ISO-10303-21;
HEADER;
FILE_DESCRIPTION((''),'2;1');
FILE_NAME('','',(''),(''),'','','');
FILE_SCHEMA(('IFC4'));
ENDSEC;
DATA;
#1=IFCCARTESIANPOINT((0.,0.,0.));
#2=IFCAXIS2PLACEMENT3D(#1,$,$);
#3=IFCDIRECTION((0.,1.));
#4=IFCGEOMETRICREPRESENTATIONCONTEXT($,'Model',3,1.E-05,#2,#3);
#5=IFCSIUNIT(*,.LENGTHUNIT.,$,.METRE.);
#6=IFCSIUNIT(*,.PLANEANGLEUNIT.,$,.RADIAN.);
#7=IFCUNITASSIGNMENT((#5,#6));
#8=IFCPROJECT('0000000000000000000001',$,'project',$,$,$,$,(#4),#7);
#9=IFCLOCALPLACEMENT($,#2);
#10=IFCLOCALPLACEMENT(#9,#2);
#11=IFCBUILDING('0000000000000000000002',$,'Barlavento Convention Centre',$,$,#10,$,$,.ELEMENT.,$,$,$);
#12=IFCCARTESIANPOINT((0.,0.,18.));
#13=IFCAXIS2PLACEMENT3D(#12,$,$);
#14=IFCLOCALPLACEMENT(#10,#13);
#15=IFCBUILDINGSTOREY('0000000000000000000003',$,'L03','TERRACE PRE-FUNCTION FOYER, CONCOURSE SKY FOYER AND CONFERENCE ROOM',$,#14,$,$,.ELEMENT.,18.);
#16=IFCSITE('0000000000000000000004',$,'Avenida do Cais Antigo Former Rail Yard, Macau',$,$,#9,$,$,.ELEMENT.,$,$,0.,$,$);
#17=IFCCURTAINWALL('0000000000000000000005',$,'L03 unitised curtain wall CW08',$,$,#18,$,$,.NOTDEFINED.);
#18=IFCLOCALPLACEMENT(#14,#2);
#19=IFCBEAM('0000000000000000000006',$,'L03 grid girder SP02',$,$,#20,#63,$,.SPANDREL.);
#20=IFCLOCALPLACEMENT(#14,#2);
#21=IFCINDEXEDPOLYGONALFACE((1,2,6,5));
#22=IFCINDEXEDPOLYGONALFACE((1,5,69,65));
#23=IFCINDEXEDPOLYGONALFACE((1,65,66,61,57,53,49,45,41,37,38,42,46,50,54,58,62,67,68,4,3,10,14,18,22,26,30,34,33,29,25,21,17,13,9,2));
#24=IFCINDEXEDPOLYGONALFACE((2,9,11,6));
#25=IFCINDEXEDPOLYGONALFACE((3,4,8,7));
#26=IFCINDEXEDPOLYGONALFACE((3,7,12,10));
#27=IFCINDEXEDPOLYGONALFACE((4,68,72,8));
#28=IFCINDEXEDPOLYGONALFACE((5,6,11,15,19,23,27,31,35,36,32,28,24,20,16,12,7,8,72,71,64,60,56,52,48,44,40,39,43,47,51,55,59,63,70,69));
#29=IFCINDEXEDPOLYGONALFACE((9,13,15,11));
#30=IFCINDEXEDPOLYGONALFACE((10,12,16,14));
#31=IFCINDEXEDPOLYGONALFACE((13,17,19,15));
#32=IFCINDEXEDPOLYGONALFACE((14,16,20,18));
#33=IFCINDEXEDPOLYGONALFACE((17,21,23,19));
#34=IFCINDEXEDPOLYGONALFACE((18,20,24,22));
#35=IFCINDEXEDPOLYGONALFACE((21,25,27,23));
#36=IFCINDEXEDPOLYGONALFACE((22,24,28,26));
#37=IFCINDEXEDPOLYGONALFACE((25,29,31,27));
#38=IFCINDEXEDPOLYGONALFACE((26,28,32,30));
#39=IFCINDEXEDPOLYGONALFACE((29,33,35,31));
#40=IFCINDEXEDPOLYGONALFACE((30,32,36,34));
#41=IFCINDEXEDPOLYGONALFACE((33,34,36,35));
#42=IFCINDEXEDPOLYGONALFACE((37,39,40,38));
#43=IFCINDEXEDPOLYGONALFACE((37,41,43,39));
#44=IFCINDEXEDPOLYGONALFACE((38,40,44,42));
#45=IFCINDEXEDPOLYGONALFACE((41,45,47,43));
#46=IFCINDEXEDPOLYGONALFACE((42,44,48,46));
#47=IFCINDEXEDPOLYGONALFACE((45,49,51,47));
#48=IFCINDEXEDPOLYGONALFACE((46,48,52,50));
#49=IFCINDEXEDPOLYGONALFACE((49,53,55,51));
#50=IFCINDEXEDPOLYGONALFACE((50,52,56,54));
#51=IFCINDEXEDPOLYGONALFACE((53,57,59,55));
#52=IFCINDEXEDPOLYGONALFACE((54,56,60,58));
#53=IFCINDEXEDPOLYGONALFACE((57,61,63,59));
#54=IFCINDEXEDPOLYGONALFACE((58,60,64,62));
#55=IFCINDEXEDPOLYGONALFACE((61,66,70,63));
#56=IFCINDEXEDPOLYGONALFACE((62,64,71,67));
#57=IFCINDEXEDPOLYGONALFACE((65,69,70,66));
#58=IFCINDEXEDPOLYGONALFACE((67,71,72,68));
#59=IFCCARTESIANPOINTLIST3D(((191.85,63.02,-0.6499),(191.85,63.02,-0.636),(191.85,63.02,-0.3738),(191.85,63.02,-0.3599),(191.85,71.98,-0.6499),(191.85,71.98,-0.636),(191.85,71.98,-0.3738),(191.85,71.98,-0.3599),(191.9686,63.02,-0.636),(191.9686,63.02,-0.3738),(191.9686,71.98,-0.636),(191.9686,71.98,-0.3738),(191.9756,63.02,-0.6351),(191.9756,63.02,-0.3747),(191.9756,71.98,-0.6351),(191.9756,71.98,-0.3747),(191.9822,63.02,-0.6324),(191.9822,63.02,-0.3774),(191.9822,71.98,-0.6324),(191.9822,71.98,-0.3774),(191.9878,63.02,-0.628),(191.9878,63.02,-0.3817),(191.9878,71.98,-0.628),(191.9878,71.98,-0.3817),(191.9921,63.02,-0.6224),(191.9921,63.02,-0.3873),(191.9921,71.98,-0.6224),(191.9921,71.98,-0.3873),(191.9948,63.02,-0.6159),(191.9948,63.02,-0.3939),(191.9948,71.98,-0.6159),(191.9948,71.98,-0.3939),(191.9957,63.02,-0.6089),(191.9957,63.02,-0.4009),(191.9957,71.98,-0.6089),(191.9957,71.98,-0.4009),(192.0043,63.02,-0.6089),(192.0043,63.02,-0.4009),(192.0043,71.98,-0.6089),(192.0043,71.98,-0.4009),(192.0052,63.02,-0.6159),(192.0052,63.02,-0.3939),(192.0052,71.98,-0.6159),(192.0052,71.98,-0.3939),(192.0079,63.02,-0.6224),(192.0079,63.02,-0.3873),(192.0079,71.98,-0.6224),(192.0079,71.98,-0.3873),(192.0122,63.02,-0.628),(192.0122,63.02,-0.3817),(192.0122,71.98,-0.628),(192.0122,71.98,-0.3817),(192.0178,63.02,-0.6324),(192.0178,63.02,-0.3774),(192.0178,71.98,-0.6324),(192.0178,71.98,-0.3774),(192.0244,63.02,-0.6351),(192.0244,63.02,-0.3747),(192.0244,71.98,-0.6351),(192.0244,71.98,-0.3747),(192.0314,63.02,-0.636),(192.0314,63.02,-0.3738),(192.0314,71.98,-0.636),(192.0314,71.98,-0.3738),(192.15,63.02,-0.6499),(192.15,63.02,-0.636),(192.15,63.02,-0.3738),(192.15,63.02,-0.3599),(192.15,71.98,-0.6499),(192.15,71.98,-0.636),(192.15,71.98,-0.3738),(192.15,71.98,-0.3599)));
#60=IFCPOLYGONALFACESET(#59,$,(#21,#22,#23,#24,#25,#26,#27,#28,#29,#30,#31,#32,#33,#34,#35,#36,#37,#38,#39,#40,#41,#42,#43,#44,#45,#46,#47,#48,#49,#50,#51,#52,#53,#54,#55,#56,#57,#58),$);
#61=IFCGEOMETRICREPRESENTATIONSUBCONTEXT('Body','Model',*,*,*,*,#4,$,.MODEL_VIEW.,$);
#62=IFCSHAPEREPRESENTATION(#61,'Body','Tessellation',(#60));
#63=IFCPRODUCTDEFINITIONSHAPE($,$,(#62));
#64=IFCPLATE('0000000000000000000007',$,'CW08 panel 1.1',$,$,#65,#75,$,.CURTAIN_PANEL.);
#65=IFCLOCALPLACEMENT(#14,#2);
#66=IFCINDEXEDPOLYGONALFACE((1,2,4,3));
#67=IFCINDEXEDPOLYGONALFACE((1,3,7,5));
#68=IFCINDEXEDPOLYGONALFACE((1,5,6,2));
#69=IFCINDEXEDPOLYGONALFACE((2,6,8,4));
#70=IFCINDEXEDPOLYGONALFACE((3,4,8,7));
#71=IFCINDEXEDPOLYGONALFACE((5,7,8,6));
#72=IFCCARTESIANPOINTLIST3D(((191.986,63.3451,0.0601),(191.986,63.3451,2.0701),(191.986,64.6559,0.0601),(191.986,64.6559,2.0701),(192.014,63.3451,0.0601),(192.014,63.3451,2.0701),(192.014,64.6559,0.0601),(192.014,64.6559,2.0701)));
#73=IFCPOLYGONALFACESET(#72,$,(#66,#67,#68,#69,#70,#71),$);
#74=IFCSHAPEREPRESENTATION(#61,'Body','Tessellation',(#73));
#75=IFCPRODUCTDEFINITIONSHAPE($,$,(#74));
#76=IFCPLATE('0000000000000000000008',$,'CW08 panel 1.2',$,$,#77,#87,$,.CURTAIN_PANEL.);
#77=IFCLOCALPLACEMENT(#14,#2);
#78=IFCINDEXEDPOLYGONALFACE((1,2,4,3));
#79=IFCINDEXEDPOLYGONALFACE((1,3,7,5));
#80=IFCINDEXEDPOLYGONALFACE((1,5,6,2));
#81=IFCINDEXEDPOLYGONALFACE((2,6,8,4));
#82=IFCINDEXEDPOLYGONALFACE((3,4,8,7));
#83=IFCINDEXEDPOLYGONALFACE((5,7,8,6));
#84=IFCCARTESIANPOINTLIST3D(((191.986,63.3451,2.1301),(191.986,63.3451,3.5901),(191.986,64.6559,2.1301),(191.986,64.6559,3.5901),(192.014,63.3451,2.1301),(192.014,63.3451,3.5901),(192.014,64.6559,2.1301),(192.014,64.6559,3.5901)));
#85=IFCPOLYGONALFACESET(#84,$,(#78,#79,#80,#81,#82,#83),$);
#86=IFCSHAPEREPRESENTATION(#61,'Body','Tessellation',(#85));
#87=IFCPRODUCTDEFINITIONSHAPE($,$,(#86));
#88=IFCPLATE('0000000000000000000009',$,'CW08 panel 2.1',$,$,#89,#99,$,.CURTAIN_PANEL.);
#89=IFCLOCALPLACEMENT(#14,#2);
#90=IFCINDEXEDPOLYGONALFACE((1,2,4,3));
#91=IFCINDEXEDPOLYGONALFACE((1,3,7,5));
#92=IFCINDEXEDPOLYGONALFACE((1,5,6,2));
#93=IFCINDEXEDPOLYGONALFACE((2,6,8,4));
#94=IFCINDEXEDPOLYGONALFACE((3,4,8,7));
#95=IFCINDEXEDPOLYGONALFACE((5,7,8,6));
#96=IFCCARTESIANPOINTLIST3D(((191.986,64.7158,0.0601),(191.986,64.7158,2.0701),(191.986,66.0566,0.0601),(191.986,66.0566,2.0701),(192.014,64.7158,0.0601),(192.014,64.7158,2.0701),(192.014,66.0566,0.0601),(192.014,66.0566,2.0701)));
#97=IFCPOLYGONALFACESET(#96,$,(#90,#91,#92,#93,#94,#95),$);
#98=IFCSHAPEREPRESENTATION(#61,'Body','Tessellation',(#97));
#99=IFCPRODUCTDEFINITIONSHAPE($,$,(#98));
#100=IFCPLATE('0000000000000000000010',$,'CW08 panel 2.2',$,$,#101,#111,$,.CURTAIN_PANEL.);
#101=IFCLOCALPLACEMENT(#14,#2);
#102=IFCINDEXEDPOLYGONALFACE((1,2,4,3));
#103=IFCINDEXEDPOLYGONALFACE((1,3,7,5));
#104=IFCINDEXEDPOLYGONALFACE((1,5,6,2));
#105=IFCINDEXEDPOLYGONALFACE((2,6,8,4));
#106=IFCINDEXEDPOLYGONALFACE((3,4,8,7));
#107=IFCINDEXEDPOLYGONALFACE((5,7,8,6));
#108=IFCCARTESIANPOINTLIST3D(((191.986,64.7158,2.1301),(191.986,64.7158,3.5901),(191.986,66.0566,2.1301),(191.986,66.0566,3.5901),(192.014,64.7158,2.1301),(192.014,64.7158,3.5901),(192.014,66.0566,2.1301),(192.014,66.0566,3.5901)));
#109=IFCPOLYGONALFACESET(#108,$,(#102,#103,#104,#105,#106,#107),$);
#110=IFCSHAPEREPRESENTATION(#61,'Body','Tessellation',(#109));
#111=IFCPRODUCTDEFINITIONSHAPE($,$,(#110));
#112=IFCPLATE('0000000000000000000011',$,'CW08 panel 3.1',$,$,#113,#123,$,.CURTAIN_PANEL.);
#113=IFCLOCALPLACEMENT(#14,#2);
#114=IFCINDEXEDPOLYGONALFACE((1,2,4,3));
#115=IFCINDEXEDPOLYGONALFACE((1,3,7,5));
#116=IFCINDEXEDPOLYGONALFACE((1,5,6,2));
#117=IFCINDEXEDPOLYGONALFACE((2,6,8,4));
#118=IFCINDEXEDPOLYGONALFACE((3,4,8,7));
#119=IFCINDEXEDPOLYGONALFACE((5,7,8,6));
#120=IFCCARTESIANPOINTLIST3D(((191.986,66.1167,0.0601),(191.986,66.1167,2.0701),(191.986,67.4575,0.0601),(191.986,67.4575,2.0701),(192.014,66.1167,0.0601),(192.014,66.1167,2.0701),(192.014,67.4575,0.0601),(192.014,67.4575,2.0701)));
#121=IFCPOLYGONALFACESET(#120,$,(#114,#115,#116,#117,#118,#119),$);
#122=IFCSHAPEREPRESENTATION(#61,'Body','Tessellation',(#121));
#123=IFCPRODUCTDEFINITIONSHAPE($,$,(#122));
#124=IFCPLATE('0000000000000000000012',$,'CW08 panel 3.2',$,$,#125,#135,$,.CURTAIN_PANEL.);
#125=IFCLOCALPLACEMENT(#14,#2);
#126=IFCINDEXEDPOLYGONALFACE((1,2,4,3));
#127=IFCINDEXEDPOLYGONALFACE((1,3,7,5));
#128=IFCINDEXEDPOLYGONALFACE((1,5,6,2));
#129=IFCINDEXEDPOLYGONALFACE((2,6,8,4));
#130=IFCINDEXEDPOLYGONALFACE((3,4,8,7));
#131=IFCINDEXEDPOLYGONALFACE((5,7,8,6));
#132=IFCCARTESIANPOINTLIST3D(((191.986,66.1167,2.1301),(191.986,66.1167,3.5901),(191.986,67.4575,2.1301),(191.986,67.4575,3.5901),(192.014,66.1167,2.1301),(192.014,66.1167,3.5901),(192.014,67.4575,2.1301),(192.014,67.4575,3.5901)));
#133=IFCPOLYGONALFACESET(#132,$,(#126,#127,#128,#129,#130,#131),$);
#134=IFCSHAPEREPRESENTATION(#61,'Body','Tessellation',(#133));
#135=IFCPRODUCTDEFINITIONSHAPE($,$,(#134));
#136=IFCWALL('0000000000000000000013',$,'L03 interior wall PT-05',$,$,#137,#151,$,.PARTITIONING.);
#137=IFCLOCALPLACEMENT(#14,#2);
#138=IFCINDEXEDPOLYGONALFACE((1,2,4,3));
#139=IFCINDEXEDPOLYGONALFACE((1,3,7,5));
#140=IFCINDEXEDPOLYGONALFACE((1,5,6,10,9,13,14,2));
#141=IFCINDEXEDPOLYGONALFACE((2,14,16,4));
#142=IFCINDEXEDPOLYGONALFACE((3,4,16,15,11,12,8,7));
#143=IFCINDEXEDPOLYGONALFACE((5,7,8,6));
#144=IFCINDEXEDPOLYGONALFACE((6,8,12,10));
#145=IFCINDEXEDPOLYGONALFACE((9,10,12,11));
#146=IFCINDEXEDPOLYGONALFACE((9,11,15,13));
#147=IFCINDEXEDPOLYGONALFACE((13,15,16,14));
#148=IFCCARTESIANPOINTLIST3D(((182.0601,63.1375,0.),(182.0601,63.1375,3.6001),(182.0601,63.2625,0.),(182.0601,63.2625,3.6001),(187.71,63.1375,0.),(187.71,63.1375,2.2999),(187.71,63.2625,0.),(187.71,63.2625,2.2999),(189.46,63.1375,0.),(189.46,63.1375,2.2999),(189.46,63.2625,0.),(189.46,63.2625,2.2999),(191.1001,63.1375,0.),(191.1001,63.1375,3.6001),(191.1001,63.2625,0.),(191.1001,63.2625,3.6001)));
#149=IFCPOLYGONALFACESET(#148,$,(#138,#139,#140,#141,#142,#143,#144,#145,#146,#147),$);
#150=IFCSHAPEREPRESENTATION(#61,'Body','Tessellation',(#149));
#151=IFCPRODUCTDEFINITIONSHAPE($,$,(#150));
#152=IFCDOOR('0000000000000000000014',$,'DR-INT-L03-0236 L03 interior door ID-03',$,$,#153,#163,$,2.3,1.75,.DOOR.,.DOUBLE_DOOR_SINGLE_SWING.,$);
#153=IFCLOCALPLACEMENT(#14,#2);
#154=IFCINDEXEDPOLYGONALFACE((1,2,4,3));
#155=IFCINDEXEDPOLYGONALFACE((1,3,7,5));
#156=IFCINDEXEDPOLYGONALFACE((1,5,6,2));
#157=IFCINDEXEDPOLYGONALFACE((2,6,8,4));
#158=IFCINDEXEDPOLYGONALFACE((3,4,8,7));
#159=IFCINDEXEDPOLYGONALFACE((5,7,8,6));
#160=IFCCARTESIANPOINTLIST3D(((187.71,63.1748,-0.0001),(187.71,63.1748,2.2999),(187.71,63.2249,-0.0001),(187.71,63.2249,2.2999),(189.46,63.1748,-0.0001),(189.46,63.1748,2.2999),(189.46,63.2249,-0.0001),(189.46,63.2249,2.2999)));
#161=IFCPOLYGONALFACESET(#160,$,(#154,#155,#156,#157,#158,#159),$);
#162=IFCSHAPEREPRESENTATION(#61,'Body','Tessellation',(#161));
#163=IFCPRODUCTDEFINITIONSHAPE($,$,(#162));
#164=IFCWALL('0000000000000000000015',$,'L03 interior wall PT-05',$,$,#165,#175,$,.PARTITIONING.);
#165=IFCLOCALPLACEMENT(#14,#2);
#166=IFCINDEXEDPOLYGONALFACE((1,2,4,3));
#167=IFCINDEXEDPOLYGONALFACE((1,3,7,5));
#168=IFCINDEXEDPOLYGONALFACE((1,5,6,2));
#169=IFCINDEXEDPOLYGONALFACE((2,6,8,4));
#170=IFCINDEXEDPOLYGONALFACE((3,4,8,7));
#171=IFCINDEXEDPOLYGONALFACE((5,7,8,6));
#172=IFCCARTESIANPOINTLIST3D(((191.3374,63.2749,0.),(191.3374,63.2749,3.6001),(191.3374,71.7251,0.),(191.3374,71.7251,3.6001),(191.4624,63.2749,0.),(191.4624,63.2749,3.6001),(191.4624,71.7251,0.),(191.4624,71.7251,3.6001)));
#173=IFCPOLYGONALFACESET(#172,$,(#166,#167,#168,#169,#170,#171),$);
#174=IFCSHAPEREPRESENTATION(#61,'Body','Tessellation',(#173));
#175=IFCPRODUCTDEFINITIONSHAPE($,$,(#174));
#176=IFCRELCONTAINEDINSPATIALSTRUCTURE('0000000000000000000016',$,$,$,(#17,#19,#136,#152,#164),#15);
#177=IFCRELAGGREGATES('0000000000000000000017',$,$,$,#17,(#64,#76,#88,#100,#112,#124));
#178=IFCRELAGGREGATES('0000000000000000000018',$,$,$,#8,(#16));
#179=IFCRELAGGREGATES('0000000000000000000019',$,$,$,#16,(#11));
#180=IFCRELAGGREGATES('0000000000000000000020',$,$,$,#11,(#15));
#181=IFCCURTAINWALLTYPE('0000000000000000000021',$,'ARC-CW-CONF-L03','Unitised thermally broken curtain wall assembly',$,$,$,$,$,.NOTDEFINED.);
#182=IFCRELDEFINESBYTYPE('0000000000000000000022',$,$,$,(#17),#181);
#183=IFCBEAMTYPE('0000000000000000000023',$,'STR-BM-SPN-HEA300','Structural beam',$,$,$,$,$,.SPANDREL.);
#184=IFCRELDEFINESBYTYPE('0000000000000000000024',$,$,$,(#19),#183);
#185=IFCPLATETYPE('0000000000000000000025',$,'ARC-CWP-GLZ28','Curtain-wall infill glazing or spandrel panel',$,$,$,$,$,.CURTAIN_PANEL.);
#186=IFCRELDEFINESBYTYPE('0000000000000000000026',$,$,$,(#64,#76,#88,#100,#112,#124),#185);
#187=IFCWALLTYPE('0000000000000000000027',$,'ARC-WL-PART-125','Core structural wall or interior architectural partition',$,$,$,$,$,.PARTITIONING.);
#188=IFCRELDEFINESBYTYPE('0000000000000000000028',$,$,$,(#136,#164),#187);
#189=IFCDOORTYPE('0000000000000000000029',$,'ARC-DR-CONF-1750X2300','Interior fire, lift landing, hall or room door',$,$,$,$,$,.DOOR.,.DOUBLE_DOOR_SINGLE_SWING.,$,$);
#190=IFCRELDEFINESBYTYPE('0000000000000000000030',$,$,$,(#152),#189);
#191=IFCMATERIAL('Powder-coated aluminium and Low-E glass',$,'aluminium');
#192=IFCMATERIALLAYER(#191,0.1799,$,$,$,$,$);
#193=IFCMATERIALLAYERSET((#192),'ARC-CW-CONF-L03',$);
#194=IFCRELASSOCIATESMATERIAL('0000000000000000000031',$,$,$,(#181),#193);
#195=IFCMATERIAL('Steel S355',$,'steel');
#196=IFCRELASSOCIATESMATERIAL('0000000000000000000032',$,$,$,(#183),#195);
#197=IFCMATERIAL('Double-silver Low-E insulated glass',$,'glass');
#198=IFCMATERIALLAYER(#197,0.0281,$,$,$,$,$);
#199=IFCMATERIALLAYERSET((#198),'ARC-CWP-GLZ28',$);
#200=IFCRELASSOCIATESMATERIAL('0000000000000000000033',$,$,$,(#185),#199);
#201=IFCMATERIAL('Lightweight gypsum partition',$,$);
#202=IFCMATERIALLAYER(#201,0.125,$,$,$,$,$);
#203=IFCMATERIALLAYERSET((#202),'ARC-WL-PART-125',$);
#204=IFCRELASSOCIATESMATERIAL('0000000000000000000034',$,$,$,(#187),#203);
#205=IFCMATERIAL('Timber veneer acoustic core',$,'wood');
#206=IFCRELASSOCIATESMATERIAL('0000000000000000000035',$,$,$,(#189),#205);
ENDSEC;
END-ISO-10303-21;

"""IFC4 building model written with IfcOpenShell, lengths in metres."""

from ifc_helpers import new_model, si_unit, direction, frame, frame_2d, origin, origin_2d, place, context, subcontext, project, spatial, rectangle, i_section, extrude, material, layer, layer_set, material_profile, profile_set, type_object, element, fill, aggregate, save


model = new_model("IFC4")

# Units and contexts
model_context = context("Model", 3, precision=1e-05, world=origin(), true_north=direction((0.0, 1.0)))
body_context = subcontext(model_context, "Body", "Model", "MODEL_VIEW")
ifc_project = project(units=[si_unit("LENGTHUNIT", "METRE"), si_unit("PLANEANGLEUNIT", "RADIAN")], contexts=[model_context])

# Site, building, storey
site_placement = place(None, origin())
site = spatial("IfcSite", under=ifc_project, at=site_placement, Name="Avenida do Cais Antigo Former Rail Yard, Macau", CompositionType="ELEMENT", RefElevation=0.0)
building_placement = place(site_placement, origin())
building = spatial("IfcBuilding", under=site, at=building_placement, Name="Barlavento Convention Centre", CompositionType="ELEMENT")
storey_placement = place(building_placement, frame((0.0, 0.0, 18.0)))
storey = spatial("IfcBuildingStorey", under=building, at=storey_placement, Name="L03", Description="TERRACE PRE-FUNCTION FOYER, CONCOURSE SKY FOYER AND CONFERENCE ROOM", CompositionType="ELEMENT", Elevation=18.0)

# Shared definitions
ifc_material_1 = material(Name="Steel S355", Category="steel")

# Curtain wall
ifc_material_2 = material(Name="Powder-coated aluminium and Low-E glass", Category="aluminium")
ifc_layer_1 = layer(ifc_material_2, 0.1799)
ifc_layer_set_1 = layer_set([ifc_layer_1], Name="ARC-CW-CONF-L03")
curtain_wall_type = type_object("IfcCurtainWallType", Name="ARC-CW-CONF-L03", Description="Unitised thermally broken curtain wall assembly", PredefinedType="NOTDEFINED", material=ifc_layer_set_1)
curtain_wall_placement = place(storey_placement, origin())
curtain_wall = element("IfcCurtainWall", 1, at=curtain_wall_placement, inside=storey, type_object=curtain_wall_type, Name="L03 unitised curtain wall CW08", PredefinedType="NOTDEFINED")

# Beam
ifc_material_profile_1 = material_profile(ifc_material_1, i_section(OverallWidth=0.3, OverallDepth=0.29, WebThickness=0.0085, FlangeThickness=0.0139, FilletRadius=0.0271, at=origin_2d()), Name="HEA 300")
ifc_profile_set_1 = profile_set([ifc_material_profile_1], Name="Steel S355")
beam_type_1 = type_object("IfcBeamType", Name="STR-BM-SPN-HEA300", Description="Structural beam", PredefinedType="SPANDREL", material=ifc_profile_set_1)
beam_1_placement = place(storey_placement, frame((192.0, 63.02, -0.5049), z_axis=(0.0, 1.0, 0.0), x_axis=(-1.0, 0.0, 0.0)))
element("IfcBeam", 2, at=beam_1_placement, inside=storey, type_object=beam_type_1, Name="L03 grid girder SP02", PredefinedType="SPANDREL", context=body_context, shape_type="SweptSolid", body=[
    extrude(i_section(OverallWidth=0.3, OverallDepth=0.29, WebThickness=0.0085, FlangeThickness=0.0139, FilletRadius=0.0271, at=origin_2d()), origin(), (0.0, 0.0, 1.0), 8.96),
])

# Plates
ifc_material_3 = material(Name="Double-silver Low-E insulated glass", Category="glass")
ifc_layer_2 = layer(ifc_material_3, 0.0281)
ifc_layer_set_2 = layer_set([ifc_layer_2], Name="ARC-CWP-GLZ28")
plate_type = type_object("IfcPlateType", Name="ARC-CWP-GLZ28", Description="Curtain-wall infill glazing or spandrel panel", PredefinedType="CURTAIN_PANEL", material=ifc_layer_set_2)
plate_1_placement = place(storey_placement, frame((192.0, 64.0005, 0.0601), z_axis=(0.0, 0.0, 1.0), x_axis=(0.0, 1.0, 0.0)))
plate_1 = element("IfcPlate", 3, at=plate_1_placement, type_object=plate_type, Name="CW08 panel 1.1", PredefinedType="CURTAIN_PANEL", context=body_context, shape_type="SweptSolid", body=[
    extrude(rectangle(XDim=1.3108, YDim=0.0281, at=origin_2d()), origin(), (0.0, 0.0, 1.0), 2.01),
])
plate_2_placement = place(storey_placement, frame((192.0, 64.0005, 2.1301), z_axis=(0.0, 0.0, 1.0), x_axis=(0.0, 1.0, 0.0)))
plate_2 = element("IfcPlate", 4, at=plate_2_placement, type_object=plate_type, Name="CW08 panel 1.2", PredefinedType="CURTAIN_PANEL", context=body_context, shape_type="SweptSolid", body=[
    extrude(rectangle(XDim=1.3108, YDim=0.0281, at=origin_2d()), origin(), (0.0, 0.0, 1.0), 1.46),
])
plate_3_placement = place(storey_placement, frame((192.0, 65.3862, 0.0601), z_axis=(0.0, 0.0, 1.0), x_axis=(0.0, 1.0, 0.0)))
plate_3 = element("IfcPlate", 5, at=plate_3_placement, type_object=plate_type, Name="CW08 panel 2.1", PredefinedType="CURTAIN_PANEL", context=body_context, shape_type="SweptSolid", body=[
    extrude(rectangle(XDim=1.3408, YDim=0.0281, at=origin_2d()), origin(), (0.0, 0.0, 1.0), 2.01),
])
plate_4_placement = place(storey_placement, frame((192.0, 65.3862, 2.1301), z_axis=(0.0, 0.0, 1.0), x_axis=(0.0, 1.0, 0.0)))
plate_4 = element("IfcPlate", 6, at=plate_4_placement, type_object=plate_type, Name="CW08 panel 2.2", PredefinedType="CURTAIN_PANEL", context=body_context, shape_type="SweptSolid", body=[
    extrude(rectangle(XDim=1.3408, YDim=0.0281, at=origin_2d()), origin(), (0.0, 0.0, 1.0), 1.46),
])
plate_5_placement = place(storey_placement, frame((192.0, 66.7871, 0.0601), z_axis=(0.0, 0.0, 1.0), x_axis=(0.0, 1.0, 0.0)))
plate_5 = element("IfcPlate", 7, at=plate_5_placement, type_object=plate_type, Name="CW08 panel 3.1", PredefinedType="CURTAIN_PANEL", context=body_context, shape_type="SweptSolid", body=[
    extrude(rectangle(XDim=1.3408, YDim=0.0281, at=origin_2d()), origin(), (0.0, 0.0, 1.0), 2.01),
])
plate_6_placement = place(storey_placement, frame((192.0, 66.7871, 2.1301), z_axis=(0.0, 0.0, 1.0), x_axis=(0.0, 1.0, 0.0)))
plate_6 = element("IfcPlate", 8, at=plate_6_placement, type_object=plate_type, Name="CW08 panel 3.2", PredefinedType="CURTAIN_PANEL", context=body_context, shape_type="SweptSolid", body=[
    extrude(rectangle(XDim=1.3408, YDim=0.0281, at=origin_2d()), origin(), (0.0, 0.0, 1.0), 1.46),
])
aggregate(curtain_wall, [plate_1, plate_2, plate_3, plate_4, plate_5, plate_6])

# Wall, opening, door
ifc_material_4 = material(Name="Lightweight gypsum partition")
ifc_layer_3 = layer(ifc_material_4, 0.125)
ifc_layer_set_3 = layer_set([ifc_layer_3], Name="ARC-WL-PART-125")
wall_type_1 = type_object("IfcWallType", Name="ARC-WL-PART-125", Description="Core structural wall or interior architectural partition", PredefinedType="PARTITIONING", material=ifc_layer_set_3)
wall_1_placement = place(storey_placement, frame((182.0601, 63.2, 0.0), z_axis=(0.0, 0.0, 1.0), x_axis=(1.0, 0.0, 0.0)))
wall_1 = element("IfcWall", 9, at=wall_1_placement, inside=storey, type_object=wall_type_1, Name="L03 interior wall PT-05", PredefinedType="PARTITIONING", context=body_context, shape_type="SweptSolid", body=[
    extrude(rectangle(XDim=9.04, YDim=0.125, at=frame_2d((4.52, 0.0))), origin(), (0.0, 0.0, 1.0), 3.6001),
])
opening_1_placement = place(wall_1_placement, frame((5.6499, 0.0, 0.0)))
opening_1 = element("IfcOpeningElement", 10, at=opening_1_placement, cuts=wall_1, PredefinedType="OPENING", context=body_context, shape_type="SweptSolid", body=[
    extrude(rectangle(XDim=1.75, YDim=2.3, at=frame_2d((0.875, 1.1499))), frame((0.0, 0.0725, 0.0), z_axis=(0.0, -1.0, 0.0), x_axis=(1.0, 0.0, 0.0)), (0.0, 0.0, 1.0), 0.145),
])
ifc_material_5 = material(Name="Timber veneer acoustic core", Category="wood")
door_type_1 = type_object("IfcDoorType", Name="ARC-DR-CONF-1750X2300", Description="Interior fire, lift landing, hall or room door", OperationType="DOUBLE_DOOR_SINGLE_SWING", PredefinedType="DOOR", material=ifc_material_5)
door_1_placement = place(opening_1_placement, origin())
door_1 = element("IfcDoor", 11, at=door_1_placement, inside=storey, type_object=door_type_1, Name="DR-INT-L03-0236 L03 interior door ID-03", OperationType="DOUBLE_DOOR_SINGLE_SWING", OverallHeight=2.3, OverallWidth=1.75, PredefinedType="DOOR", context=body_context, shape_type="SweptSolid", body=[
    extrude(rectangle(XDim=1.75, YDim=2.3, at=frame_2d((0.875, 1.1499))), frame((0.0, 0.0249, 0.0), z_axis=(0.0, -1.0, 0.0), x_axis=(1.0, 0.0, 0.0)), (0.0, 0.0, 1.0), 0.05),
])
fill(opening_1, door_1)

# Wall
wall_2_placement = place(storey_placement, frame((191.3999, 63.2749, 0.0), z_axis=(0.0, 0.0, 1.0), x_axis=(0.0, 1.0, 0.0)))
element("IfcWall", 12, at=wall_2_placement, inside=storey, type_object=wall_type_1, Name="L03 interior wall PT-05", PredefinedType="PARTITIONING", context=body_context, shape_type="SweptSolid", body=[
    extrude(rectangle(XDim=8.4502, YDim=0.125, at=frame_2d((4.2251, 0.0))), origin(), (0.0, 0.0, 1.0), 3.6001),
])

save(model, "model.ifc")
